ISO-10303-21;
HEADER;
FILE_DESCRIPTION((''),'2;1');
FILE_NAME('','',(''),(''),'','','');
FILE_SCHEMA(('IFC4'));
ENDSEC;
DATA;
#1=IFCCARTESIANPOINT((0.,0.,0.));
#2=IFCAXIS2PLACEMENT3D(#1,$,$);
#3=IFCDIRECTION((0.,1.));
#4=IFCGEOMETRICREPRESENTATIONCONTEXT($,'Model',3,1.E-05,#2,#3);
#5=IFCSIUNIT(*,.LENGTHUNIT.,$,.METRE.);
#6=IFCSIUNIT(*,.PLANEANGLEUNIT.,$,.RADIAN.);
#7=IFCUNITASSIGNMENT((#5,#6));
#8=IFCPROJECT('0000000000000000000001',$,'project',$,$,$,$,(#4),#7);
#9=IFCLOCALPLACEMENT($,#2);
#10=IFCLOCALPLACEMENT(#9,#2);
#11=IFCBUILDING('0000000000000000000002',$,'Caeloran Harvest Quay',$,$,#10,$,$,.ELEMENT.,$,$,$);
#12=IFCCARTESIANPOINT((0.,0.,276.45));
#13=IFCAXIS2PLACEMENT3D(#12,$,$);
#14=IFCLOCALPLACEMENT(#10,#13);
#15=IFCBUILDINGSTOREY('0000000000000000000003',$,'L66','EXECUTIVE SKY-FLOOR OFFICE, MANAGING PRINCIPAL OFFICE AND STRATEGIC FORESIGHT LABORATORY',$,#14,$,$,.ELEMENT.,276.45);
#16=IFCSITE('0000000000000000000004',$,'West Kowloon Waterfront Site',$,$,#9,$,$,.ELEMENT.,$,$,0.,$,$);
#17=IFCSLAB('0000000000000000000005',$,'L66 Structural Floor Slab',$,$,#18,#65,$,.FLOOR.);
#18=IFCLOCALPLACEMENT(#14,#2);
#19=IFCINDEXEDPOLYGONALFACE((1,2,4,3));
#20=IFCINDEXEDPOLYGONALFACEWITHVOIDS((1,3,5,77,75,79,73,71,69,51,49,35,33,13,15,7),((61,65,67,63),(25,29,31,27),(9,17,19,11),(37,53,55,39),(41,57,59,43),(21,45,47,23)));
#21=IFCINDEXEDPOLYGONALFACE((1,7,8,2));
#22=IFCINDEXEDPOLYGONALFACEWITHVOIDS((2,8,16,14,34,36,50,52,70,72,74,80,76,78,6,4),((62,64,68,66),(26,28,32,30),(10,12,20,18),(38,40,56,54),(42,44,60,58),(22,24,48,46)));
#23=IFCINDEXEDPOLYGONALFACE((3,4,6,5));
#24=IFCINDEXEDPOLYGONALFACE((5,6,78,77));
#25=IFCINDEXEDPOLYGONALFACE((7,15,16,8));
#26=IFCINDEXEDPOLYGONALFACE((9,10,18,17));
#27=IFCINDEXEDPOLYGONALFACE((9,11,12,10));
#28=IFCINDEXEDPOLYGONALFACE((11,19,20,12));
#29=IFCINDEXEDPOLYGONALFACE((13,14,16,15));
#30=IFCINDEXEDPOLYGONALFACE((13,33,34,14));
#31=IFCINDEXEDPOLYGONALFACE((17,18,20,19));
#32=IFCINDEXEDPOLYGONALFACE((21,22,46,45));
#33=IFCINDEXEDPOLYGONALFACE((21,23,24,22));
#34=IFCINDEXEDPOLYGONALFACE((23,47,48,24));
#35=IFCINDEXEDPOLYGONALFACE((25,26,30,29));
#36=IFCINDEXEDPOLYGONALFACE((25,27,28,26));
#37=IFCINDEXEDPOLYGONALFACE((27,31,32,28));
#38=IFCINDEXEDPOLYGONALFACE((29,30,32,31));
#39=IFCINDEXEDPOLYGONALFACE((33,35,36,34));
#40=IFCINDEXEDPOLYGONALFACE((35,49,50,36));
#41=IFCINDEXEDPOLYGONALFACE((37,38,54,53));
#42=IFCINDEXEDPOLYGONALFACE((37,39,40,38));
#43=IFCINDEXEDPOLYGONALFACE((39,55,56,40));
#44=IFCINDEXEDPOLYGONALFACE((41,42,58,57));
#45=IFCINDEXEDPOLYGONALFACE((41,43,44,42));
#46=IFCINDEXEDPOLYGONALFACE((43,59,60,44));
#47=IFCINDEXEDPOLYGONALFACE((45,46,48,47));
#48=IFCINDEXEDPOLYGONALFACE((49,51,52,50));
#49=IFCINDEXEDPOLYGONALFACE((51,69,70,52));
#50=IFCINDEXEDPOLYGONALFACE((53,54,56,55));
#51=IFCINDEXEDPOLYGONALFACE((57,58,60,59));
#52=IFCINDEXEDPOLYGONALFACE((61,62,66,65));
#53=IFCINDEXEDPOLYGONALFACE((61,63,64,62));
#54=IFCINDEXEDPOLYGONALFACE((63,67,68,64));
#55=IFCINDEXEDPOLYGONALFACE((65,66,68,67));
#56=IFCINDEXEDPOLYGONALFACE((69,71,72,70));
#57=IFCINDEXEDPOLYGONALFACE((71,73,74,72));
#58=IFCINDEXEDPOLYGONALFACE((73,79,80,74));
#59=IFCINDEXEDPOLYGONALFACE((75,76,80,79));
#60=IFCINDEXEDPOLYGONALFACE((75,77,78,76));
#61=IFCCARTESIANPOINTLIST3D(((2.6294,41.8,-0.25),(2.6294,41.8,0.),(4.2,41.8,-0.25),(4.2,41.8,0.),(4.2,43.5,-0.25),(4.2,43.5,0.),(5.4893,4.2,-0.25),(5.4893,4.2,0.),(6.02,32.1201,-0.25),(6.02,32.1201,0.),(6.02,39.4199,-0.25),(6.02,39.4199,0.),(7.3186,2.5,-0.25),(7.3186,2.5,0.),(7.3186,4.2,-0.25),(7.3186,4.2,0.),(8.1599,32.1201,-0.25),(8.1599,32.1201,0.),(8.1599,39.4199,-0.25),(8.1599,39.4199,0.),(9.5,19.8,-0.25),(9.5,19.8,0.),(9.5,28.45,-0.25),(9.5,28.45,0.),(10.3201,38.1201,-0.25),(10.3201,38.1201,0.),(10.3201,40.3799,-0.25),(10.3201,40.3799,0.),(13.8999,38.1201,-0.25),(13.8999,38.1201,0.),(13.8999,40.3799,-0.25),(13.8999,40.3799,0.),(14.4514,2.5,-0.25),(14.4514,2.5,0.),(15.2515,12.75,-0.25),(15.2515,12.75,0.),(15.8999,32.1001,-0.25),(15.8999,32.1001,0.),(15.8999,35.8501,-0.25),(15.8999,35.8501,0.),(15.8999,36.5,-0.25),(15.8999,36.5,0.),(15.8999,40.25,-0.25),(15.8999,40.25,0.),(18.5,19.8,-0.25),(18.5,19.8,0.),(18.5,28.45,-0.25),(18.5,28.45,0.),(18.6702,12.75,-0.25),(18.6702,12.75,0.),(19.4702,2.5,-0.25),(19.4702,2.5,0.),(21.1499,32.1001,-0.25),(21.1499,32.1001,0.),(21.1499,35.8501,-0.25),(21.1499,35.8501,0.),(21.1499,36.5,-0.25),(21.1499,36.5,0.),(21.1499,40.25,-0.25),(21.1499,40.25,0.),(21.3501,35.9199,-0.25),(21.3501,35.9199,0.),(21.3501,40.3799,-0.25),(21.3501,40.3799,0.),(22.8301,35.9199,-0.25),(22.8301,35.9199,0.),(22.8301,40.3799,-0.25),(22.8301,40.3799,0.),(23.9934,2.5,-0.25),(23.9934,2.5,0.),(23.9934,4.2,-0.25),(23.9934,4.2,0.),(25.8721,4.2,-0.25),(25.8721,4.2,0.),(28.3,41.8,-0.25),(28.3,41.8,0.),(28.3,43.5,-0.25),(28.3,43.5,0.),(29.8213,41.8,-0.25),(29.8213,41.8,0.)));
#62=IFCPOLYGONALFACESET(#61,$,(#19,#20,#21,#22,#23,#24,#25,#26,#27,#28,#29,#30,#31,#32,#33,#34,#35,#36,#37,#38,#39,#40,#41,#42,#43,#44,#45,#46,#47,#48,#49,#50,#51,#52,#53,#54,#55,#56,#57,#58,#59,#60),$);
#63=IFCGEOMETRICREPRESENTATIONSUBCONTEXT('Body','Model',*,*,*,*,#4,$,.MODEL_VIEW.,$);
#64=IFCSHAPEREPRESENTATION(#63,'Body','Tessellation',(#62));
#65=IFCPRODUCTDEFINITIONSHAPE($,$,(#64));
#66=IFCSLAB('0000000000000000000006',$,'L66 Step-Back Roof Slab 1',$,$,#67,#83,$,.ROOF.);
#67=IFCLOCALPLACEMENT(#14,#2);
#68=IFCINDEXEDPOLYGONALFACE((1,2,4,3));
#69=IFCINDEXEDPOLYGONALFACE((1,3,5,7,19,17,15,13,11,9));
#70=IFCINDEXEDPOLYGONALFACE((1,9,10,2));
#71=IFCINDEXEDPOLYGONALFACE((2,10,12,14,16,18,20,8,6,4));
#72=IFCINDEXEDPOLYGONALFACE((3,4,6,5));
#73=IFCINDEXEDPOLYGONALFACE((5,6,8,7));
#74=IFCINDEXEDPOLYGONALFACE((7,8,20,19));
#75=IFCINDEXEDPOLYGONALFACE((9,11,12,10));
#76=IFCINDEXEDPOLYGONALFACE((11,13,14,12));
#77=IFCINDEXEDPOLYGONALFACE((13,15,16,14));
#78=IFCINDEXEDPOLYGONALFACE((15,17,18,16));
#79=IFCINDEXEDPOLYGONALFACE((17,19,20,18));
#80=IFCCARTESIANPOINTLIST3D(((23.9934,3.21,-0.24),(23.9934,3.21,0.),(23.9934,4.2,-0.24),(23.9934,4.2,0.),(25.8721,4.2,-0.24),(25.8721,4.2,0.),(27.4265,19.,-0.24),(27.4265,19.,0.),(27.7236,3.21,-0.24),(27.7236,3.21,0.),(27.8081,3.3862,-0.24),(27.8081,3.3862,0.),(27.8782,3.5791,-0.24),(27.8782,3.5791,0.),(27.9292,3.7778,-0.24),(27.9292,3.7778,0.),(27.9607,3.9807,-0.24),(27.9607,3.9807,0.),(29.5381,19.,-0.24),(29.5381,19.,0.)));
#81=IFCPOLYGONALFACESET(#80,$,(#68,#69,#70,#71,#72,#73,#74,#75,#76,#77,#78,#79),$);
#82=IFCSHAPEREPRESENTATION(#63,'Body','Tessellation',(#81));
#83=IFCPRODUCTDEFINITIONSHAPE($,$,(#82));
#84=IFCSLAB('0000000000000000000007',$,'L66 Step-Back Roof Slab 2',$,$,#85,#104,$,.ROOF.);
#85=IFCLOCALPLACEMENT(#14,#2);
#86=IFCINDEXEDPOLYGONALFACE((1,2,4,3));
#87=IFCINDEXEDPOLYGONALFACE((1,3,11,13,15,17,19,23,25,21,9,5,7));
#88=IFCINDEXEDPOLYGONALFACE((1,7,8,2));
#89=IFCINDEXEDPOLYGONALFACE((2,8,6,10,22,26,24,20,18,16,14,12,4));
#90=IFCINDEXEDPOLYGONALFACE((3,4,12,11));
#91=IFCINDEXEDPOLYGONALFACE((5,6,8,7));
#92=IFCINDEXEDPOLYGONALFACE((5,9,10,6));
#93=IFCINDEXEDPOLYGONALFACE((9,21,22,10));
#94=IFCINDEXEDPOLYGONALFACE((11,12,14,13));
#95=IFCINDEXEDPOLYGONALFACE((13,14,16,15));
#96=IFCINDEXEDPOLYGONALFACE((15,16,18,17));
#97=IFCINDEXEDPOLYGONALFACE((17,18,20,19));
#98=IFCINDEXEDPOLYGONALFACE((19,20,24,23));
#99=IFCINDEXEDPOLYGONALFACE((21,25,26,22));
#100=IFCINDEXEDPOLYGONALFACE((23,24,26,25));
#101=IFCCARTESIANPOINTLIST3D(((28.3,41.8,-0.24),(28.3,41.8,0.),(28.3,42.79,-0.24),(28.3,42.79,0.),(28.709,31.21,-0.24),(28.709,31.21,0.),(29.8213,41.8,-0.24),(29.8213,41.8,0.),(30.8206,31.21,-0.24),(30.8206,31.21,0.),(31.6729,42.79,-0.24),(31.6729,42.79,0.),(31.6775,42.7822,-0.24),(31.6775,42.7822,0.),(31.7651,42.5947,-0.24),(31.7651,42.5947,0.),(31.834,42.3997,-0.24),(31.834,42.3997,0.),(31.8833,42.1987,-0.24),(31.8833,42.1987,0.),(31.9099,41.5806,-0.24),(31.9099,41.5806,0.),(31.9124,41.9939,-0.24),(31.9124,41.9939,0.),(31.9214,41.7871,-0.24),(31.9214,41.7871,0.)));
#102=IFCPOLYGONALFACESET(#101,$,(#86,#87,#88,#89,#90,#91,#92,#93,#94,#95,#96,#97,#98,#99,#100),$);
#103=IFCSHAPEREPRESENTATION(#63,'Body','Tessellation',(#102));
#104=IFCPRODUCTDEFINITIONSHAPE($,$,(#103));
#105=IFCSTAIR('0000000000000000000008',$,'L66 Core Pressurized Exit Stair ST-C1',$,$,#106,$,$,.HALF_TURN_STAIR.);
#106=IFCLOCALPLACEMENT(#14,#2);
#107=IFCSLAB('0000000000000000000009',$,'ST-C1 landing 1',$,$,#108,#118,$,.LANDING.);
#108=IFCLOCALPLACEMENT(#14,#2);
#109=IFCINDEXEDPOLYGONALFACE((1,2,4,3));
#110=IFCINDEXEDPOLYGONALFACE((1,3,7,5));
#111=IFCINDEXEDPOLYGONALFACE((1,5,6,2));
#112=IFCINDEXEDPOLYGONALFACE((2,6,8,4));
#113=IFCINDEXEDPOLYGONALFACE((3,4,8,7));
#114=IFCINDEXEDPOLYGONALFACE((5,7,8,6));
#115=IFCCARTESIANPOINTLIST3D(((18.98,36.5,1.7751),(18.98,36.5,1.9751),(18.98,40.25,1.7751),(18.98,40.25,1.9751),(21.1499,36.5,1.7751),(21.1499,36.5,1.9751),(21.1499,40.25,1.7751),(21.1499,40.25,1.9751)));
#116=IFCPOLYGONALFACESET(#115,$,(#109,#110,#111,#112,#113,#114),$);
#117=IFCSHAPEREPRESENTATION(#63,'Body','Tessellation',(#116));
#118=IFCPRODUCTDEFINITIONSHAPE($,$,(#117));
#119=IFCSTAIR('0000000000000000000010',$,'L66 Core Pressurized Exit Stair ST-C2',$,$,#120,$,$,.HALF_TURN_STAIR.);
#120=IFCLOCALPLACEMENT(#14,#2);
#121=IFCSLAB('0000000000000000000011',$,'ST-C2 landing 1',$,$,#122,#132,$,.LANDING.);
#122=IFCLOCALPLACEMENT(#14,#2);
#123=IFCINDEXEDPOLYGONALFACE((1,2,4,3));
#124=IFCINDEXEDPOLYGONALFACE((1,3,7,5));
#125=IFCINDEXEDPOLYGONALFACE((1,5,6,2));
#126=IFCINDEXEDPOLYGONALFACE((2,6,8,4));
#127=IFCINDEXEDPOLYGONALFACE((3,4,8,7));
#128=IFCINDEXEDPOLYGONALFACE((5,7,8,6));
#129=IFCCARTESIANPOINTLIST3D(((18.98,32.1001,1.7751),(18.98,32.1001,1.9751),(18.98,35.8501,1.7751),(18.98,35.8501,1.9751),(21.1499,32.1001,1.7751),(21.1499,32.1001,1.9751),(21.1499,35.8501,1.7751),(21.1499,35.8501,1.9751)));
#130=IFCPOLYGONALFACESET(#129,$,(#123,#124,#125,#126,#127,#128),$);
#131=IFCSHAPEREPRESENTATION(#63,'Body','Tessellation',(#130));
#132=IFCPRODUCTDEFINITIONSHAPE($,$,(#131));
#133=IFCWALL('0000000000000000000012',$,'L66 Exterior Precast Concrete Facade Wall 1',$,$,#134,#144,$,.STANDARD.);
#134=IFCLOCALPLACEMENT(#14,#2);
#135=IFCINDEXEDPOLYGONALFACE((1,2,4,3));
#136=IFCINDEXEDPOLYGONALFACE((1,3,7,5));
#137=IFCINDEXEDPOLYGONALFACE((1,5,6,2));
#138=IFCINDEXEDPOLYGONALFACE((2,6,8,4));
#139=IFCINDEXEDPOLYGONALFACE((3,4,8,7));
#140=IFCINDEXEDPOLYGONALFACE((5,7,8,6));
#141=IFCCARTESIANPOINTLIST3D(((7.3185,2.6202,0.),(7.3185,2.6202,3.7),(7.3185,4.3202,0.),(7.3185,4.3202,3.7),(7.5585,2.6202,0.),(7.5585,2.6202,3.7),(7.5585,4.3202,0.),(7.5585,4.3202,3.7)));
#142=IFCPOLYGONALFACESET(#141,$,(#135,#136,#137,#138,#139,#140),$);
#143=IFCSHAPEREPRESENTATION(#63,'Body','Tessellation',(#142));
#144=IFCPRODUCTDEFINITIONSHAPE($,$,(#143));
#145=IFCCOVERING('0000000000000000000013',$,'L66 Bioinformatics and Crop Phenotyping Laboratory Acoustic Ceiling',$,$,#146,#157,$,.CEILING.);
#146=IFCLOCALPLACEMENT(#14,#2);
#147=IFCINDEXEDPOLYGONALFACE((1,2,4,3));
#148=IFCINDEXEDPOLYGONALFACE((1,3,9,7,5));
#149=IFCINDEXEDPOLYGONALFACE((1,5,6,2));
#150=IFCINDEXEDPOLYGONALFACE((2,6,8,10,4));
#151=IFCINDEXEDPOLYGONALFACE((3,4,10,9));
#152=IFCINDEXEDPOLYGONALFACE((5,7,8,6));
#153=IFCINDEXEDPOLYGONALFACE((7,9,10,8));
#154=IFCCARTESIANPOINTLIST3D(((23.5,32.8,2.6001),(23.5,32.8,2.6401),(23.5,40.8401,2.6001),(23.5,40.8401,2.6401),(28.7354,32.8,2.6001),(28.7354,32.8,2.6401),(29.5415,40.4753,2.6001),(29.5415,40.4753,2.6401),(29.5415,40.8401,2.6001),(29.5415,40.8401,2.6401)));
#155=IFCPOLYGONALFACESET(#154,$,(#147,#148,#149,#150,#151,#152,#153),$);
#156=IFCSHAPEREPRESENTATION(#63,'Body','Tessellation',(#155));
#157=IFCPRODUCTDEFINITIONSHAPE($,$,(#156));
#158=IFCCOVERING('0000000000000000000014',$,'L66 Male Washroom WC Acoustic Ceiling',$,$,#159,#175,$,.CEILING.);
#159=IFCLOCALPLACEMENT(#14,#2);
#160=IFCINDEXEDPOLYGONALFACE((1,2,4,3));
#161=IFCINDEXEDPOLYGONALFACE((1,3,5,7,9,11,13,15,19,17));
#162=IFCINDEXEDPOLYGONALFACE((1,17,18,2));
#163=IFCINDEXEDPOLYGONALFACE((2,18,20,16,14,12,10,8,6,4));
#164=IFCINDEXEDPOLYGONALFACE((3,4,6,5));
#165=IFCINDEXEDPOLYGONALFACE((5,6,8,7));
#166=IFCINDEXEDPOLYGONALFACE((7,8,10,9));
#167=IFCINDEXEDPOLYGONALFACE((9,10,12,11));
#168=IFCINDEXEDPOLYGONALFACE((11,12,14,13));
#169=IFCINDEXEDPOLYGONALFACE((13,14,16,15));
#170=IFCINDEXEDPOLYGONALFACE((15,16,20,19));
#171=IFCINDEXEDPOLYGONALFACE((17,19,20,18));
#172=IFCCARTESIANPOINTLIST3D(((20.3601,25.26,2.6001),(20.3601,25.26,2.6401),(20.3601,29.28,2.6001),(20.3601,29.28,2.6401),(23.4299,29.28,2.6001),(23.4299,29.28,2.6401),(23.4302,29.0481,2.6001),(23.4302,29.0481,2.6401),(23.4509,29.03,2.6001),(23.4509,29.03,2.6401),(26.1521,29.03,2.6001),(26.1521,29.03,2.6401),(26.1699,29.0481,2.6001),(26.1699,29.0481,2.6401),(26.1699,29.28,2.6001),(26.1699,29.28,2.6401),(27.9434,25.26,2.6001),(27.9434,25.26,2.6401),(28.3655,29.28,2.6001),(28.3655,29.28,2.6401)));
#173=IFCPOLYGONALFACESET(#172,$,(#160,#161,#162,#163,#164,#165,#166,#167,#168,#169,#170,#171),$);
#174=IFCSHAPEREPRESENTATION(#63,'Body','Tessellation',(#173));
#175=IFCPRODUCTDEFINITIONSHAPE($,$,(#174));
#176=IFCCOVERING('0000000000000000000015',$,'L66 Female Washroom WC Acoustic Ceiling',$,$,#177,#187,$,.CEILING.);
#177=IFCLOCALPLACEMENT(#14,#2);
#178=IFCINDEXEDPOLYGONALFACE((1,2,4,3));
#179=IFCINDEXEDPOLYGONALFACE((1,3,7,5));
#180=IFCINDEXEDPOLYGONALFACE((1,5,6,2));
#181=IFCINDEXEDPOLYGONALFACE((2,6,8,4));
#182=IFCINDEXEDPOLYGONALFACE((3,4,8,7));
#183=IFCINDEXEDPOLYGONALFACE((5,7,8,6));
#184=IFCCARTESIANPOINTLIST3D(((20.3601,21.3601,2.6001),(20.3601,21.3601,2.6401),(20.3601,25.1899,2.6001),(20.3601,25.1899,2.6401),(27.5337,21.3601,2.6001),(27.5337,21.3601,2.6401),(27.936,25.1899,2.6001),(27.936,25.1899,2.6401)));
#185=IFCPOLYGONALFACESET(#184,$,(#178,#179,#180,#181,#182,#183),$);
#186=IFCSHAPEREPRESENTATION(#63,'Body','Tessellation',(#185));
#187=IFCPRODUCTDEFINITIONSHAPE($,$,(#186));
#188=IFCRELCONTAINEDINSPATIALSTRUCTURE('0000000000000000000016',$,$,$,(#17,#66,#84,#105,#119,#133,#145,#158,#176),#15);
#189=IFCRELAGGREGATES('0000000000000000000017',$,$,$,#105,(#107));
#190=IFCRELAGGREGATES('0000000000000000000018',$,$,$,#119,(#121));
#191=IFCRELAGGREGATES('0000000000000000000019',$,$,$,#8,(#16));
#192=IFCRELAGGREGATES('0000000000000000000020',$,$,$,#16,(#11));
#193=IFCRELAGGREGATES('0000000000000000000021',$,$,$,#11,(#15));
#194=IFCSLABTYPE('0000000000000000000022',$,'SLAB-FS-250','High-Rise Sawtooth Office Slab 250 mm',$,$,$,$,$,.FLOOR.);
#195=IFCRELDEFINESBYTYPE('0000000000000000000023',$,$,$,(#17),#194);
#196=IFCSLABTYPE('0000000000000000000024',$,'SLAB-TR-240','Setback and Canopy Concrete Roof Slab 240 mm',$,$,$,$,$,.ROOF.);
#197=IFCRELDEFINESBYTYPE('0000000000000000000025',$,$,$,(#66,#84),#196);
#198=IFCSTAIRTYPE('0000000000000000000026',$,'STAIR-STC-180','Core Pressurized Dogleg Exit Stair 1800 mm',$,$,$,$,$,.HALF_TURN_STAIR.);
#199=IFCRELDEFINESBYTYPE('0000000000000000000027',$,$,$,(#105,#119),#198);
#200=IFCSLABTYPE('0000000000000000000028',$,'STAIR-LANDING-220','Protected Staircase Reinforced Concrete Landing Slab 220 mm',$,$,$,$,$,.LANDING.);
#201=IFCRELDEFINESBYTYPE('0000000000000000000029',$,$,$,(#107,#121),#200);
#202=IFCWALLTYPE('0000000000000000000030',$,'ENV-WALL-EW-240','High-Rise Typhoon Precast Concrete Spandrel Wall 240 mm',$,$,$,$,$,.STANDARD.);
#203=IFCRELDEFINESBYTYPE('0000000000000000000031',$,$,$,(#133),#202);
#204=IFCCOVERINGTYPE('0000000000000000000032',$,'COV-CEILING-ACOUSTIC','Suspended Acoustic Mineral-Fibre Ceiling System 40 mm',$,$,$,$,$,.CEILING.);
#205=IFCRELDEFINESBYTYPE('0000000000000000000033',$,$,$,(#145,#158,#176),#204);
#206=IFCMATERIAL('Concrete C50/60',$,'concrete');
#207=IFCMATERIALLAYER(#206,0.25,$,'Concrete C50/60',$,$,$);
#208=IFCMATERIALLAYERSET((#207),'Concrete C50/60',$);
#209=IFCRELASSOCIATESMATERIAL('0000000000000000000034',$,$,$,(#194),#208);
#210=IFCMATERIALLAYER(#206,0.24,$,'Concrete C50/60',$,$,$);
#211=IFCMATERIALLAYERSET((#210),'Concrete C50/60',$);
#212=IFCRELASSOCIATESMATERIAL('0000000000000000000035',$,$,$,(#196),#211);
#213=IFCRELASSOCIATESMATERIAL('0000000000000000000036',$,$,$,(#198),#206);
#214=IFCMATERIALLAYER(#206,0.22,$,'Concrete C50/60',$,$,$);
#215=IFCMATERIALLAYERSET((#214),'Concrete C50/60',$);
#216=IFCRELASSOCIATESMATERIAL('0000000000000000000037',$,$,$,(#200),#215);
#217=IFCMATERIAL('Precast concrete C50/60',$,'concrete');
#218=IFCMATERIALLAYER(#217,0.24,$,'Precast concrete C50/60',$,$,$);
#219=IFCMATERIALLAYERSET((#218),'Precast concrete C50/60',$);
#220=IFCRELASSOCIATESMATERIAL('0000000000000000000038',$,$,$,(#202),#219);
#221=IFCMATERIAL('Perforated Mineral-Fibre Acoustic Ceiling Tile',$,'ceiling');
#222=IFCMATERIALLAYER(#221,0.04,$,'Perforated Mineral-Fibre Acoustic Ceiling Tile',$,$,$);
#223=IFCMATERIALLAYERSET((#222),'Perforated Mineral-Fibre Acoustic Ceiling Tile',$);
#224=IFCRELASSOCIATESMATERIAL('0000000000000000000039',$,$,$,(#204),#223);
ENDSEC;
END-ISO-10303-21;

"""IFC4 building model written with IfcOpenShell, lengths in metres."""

from ifc_helpers import new_model, si_unit, direction, frame, frame_2d, origin, place, context, subcontext, project, spatial, polyline, rectangle, outline, extrude, material, layer, layer_set, type_object, element, aggregate, save


model = new_model("IFC4")

# Units and contexts
model_context = context("Model", 3, precision=1e-05, world=origin(), true_north=direction((0.0, 1.0)))
body_context = subcontext(model_context, "Body", "Model", "MODEL_VIEW")
ifc_project = project(units=[si_unit("LENGTHUNIT", "METRE"), si_unit("PLANEANGLEUNIT", "RADIAN")], contexts=[model_context])

# Site, building, storey
site_placement = place(None, origin())
site = spatial("IfcSite", under=ifc_project, at=site_placement, Name="West Kowloon Waterfront Site", CompositionType="ELEMENT", RefElevation=0.0)
building_placement = place(site_placement, origin())
building = spatial("IfcBuilding", under=site, at=building_placement, Name="Caeloran Harvest Quay", CompositionType="ELEMENT")
storey_placement = place(building_placement, frame((0.0, 0.0, 276.45)))
storey = spatial("IfcBuildingStorey", under=building, at=storey_placement, Name="L66", Description="EXECUTIVE SKY-FLOOR OFFICE, MANAGING PRINCIPAL OFFICE AND STRATEGIC FORESIGHT LABORATORY", CompositionType="ELEMENT", Elevation=276.45)

# Slabs
ifc_material_1 = material(Name="Concrete C50/60", Category="concrete")
ifc_layer_1 = layer(ifc_material_1, 0.25, Name="Concrete C50/60")
ifc_layer_set_1 = layer_set([ifc_layer_1], Name="Concrete C50/60")
slab_type_1 = type_object("IfcSlabType", Name="SLAB-FS-250", Description="High-Rise Sawtooth Office Slab 250 mm", PredefinedType="FLOOR", material=ifc_layer_set_1)
slab_1_placement = place(storey_placement, frame((0.0, 0.0, -0.25)))
element("IfcSlab", 1, at=slab_1_placement, inside=storey, type_object=slab_type_1, Name="L66 Structural Floor Slab", PredefinedType="FLOOR", context=body_context, shape_type="SweptSolid", body=[
    extrude(outline(polyline([(7.3186, 2.5), (14.4514, 2.5), (15.2515, 12.75), (18.6702, 12.75), (19.4702, 2.5), (23.9934, 2.5), (23.9934, 4.2), (25.8721, 4.2), (29.8213, 41.8), (28.3, 41.8), (28.3, 43.5), (4.2, 43.5), (4.2, 41.8), (2.6294, 41.8), (5.4893, 4.2), (7.3186, 4.2), (7.3186, 2.5)]), holes=[polyline([(18.5, 28.45), (18.5, 19.8), (9.5, 19.8), (9.5, 28.45), (18.5, 28.45)]), polyline([(15.8999, 32.1001), (15.8999, 35.8501), (21.1499, 35.8501), (21.1499, 32.1001), (15.8999, 32.1001)]), polyline([(8.1599, 32.1201), (6.02, 32.1201), (6.02, 39.4199), (8.1599, 39.4199), (8.1599, 32.1201)]), polyline([(22.8301, 40.3799), (22.8301, 35.9199), (21.3501, 35.9199), (21.3501, 40.3799), (22.8301, 40.3799)]), polyline([(15.8999, 36.5), (15.8999, 40.25), (21.1499, 40.25), (21.1499, 36.5), (15.8999, 36.5)]), polyline([(13.8999, 38.1201), (10.3201, 38.1201), (10.3201, 40.3799), (13.8999, 40.3799), (13.8999, 38.1201)])]), origin(), (0.0, 0.0, 1.0), 0.25),
])
ifc_layer_2 = layer(ifc_material_1, 0.24, Name="Concrete C50/60")
ifc_layer_set_2 = layer_set([ifc_layer_2], Name="Concrete C50/60")
slab_type_2 = type_object("IfcSlabType", Name="SLAB-TR-240", Description="Setback and Canopy Concrete Roof Slab 240 mm", PredefinedType="ROOF", material=ifc_layer_set_2)
slab_2_placement = place(storey_placement, frame((0.0, 0.0, -0.24)))
element("IfcSlab", 2, at=slab_2_placement, inside=storey, type_object=slab_type_2, Name="L66 Step-Back Roof Slab 1", PredefinedType="ROOF", context=body_context, shape_type="SweptSolid", body=[
    extrude(outline(polyline([(27.9607, 3.9807), (27.9292, 3.7778), (27.8782, 3.5791), (27.8081, 3.3862), (27.7236, 3.21), (23.9934, 3.21), (23.9934, 4.2), (25.8721, 4.2), (27.4265, 19.0), (29.5381, 19.0), (27.9607, 3.9807)])), origin(), (0.0, 0.0, 1.0), 0.24),
])
slab_3_placement = place(storey_placement, frame((0.0, 0.0, -0.24)))
element("IfcSlab", 3, at=slab_3_placement, inside=storey, type_object=slab_type_2, Name="L66 Step-Back Roof Slab 2", PredefinedType="ROOF", context=body_context, shape_type="SweptSolid", body=[
    extrude(outline(polyline([(31.834, 42.3997), (31.8833, 42.1987), (31.9124, 41.9939), (31.9214, 41.7871), (31.9099, 41.5806), (30.8206, 31.21), (28.709, 31.21), (29.8213, 41.8), (28.3, 41.8), (28.3, 42.79), (31.6729, 42.79), (31.6775, 42.7822), (31.7651, 42.5947), (31.834, 42.3997)])), origin(), (0.0, 0.0, 1.0), 0.24),
])

# Stairs, slabs
stair_type = type_object("IfcStairType", Name="STAIR-STC-180", Description="Core Pressurized Dogleg Exit Stair 1800 mm", PredefinedType="HALF_TURN_STAIR", material=ifc_material_1)
stair_1_placement = place(storey_placement, origin())
stair_1 = element("IfcStair", 4, at=stair_1_placement, inside=storey, type_object=stair_type, Name="L66 Core Pressurized Exit Stair ST-C1", PredefinedType="HALF_TURN_STAIR")
ifc_layer_3 = layer(ifc_material_1, 0.22, Name="Concrete C50/60")
ifc_layer_set_3 = layer_set([ifc_layer_3], Name="Concrete C50/60")
slab_type_3 = type_object("IfcSlabType", Name="STAIR-LANDING-220", Description="Protected Staircase Reinforced Concrete Landing Slab 220 mm", PredefinedType="LANDING", material=ifc_layer_set_3)
slab_4_placement = place(storey_placement, frame((0.0, 0.0, 1.7751)))
slab_4 = element("IfcSlab", 5, at=slab_4_placement, type_object=slab_type_3, Name="ST-C1 landing 1", PredefinedType="LANDING", context=body_context, shape_type="SweptSolid", body=[
    extrude(outline(polyline([(18.98, 36.5), (21.1499, 36.5), (21.1499, 40.25), (18.98, 40.25), (18.98, 36.5)])), origin(), (0.0, 0.0, 1.0), 0.2),
])
aggregate(stair_1, [slab_4])
stair_2_placement = place(storey_placement, origin())
stair_2 = element("IfcStair", 6, at=stair_2_placement, inside=storey, type_object=stair_type, Name="L66 Core Pressurized Exit Stair ST-C2", PredefinedType="HALF_TURN_STAIR")
slab_5_placement = place(storey_placement, frame((0.0, 0.0, 1.7751)))
slab_5 = element("IfcSlab", 7, at=slab_5_placement, type_object=slab_type_3, Name="ST-C2 landing 1", PredefinedType="LANDING", context=body_context, shape_type="SweptSolid", body=[
    extrude(outline(polyline([(18.98, 32.1001), (21.1499, 32.1001), (21.1499, 35.8501), (18.98, 35.8501), (18.98, 32.1001)])), origin(), (0.0, 0.0, 1.0), 0.2),
])
aggregate(stair_2, [slab_5])

# Wall
ifc_material_2 = material(Name="Precast concrete C50/60", Category="concrete")
ifc_layer_4 = layer(ifc_material_2, 0.24, Name="Precast concrete C50/60")
ifc_layer_set_4 = layer_set([ifc_layer_4], Name="Precast concrete C50/60")
wall_type = type_object("IfcWallType", Name="ENV-WALL-EW-240", Description="High-Rise Typhoon Precast Concrete Spandrel Wall 240 mm", PredefinedType="STANDARD", material=ifc_layer_set_4)
wall_placement = place(storey_placement, frame((7.4385, 2.6201, 0.0), z_axis=(0.0, 0.0, 1.0), x_axis=(0.0, 1.0, 0.0)))
element("IfcWall", 8, at=wall_placement, inside=storey, type_object=wall_type, Name="L66 Exterior Precast Concrete Facade Wall 1", PredefinedType="STANDARD", context=body_context, shape_type="SweptSolid", body=[
    extrude(rectangle(XDim=1.7, YDim=0.24, at=frame_2d((0.8501, 0.0))), origin(), (0.0, 0.0, 1.0), 3.7),
])

# Coverings
ifc_material_3 = material(Name="Perforated Mineral-Fibre Acoustic Ceiling Tile", Category="ceiling")
ifc_layer_5 = layer(ifc_material_3, 0.04, Name="Perforated Mineral-Fibre Acoustic Ceiling Tile")
ifc_layer_set_5 = layer_set([ifc_layer_5], Name="Perforated Mineral-Fibre Acoustic Ceiling Tile")
covering_type_1 = type_object("IfcCoveringType", Name="COV-CEILING-ACOUSTIC", Description="Suspended Acoustic Mineral-Fibre Ceiling System 40 mm", PredefinedType="CEILING", material=ifc_layer_set_5)
covering_1_placement = place(storey_placement, frame((0.0, 0.0, 2.6001)))
element("IfcCovering", 9, at=covering_1_placement, inside=storey, type_object=covering_type_1, Name="L66 Bioinformatics and Crop Phenotyping Laboratory Acoustic Ceiling", PredefinedType="CEILING", context=body_context, shape_type="SweptSolid", body=[
    extrude(outline(polyline([(29.5415, 40.4753), (28.7354, 32.8), (23.5, 32.8), (23.5, 40.8401), (29.5415, 40.8401), (29.5415, 40.4753)])), origin(), (0.0, 0.0, 1.0), 0.04),
])
covering_2_placement = place(storey_placement, frame((0.0, 0.0, 2.6001)))
element("IfcCovering", 10, at=covering_2_placement, inside=storey, type_object=covering_type_1, Name="L66 Male Washroom WC Acoustic Ceiling", PredefinedType="CEILING", context=body_context, shape_type="SweptSolid", body=[
    extrude(outline(polyline([(23.4299, 29.28), (23.4302, 29.0481), (23.4509, 29.03), (26.1521, 29.03), (26.1699, 29.0481), (26.1699, 29.28), (28.3655, 29.28), (27.9434, 25.26), (20.3601, 25.26), (20.3601, 29.28), (23.4299, 29.28)])), origin(), (0.0, 0.0, 1.0), 0.04),
])
covering_3_placement = place(storey_placement, frame((0.0, 0.0, 2.6001)))
element("IfcCovering", 11, at=covering_3_placement, inside=storey, type_object=covering_type_1, Name="L66 Female Washroom WC Acoustic Ceiling", PredefinedType="CEILING", context=body_context, shape_type="SweptSolid", body=[
    extrude(outline(polyline([(27.936, 25.1899), (27.5337, 21.3601), (20.3601, 21.3601), (20.3601, 25.1899), (27.936, 25.1899)])), origin(), (0.0, 0.0, 1.0), 0.04),
])

save(model, "model.ifc")
